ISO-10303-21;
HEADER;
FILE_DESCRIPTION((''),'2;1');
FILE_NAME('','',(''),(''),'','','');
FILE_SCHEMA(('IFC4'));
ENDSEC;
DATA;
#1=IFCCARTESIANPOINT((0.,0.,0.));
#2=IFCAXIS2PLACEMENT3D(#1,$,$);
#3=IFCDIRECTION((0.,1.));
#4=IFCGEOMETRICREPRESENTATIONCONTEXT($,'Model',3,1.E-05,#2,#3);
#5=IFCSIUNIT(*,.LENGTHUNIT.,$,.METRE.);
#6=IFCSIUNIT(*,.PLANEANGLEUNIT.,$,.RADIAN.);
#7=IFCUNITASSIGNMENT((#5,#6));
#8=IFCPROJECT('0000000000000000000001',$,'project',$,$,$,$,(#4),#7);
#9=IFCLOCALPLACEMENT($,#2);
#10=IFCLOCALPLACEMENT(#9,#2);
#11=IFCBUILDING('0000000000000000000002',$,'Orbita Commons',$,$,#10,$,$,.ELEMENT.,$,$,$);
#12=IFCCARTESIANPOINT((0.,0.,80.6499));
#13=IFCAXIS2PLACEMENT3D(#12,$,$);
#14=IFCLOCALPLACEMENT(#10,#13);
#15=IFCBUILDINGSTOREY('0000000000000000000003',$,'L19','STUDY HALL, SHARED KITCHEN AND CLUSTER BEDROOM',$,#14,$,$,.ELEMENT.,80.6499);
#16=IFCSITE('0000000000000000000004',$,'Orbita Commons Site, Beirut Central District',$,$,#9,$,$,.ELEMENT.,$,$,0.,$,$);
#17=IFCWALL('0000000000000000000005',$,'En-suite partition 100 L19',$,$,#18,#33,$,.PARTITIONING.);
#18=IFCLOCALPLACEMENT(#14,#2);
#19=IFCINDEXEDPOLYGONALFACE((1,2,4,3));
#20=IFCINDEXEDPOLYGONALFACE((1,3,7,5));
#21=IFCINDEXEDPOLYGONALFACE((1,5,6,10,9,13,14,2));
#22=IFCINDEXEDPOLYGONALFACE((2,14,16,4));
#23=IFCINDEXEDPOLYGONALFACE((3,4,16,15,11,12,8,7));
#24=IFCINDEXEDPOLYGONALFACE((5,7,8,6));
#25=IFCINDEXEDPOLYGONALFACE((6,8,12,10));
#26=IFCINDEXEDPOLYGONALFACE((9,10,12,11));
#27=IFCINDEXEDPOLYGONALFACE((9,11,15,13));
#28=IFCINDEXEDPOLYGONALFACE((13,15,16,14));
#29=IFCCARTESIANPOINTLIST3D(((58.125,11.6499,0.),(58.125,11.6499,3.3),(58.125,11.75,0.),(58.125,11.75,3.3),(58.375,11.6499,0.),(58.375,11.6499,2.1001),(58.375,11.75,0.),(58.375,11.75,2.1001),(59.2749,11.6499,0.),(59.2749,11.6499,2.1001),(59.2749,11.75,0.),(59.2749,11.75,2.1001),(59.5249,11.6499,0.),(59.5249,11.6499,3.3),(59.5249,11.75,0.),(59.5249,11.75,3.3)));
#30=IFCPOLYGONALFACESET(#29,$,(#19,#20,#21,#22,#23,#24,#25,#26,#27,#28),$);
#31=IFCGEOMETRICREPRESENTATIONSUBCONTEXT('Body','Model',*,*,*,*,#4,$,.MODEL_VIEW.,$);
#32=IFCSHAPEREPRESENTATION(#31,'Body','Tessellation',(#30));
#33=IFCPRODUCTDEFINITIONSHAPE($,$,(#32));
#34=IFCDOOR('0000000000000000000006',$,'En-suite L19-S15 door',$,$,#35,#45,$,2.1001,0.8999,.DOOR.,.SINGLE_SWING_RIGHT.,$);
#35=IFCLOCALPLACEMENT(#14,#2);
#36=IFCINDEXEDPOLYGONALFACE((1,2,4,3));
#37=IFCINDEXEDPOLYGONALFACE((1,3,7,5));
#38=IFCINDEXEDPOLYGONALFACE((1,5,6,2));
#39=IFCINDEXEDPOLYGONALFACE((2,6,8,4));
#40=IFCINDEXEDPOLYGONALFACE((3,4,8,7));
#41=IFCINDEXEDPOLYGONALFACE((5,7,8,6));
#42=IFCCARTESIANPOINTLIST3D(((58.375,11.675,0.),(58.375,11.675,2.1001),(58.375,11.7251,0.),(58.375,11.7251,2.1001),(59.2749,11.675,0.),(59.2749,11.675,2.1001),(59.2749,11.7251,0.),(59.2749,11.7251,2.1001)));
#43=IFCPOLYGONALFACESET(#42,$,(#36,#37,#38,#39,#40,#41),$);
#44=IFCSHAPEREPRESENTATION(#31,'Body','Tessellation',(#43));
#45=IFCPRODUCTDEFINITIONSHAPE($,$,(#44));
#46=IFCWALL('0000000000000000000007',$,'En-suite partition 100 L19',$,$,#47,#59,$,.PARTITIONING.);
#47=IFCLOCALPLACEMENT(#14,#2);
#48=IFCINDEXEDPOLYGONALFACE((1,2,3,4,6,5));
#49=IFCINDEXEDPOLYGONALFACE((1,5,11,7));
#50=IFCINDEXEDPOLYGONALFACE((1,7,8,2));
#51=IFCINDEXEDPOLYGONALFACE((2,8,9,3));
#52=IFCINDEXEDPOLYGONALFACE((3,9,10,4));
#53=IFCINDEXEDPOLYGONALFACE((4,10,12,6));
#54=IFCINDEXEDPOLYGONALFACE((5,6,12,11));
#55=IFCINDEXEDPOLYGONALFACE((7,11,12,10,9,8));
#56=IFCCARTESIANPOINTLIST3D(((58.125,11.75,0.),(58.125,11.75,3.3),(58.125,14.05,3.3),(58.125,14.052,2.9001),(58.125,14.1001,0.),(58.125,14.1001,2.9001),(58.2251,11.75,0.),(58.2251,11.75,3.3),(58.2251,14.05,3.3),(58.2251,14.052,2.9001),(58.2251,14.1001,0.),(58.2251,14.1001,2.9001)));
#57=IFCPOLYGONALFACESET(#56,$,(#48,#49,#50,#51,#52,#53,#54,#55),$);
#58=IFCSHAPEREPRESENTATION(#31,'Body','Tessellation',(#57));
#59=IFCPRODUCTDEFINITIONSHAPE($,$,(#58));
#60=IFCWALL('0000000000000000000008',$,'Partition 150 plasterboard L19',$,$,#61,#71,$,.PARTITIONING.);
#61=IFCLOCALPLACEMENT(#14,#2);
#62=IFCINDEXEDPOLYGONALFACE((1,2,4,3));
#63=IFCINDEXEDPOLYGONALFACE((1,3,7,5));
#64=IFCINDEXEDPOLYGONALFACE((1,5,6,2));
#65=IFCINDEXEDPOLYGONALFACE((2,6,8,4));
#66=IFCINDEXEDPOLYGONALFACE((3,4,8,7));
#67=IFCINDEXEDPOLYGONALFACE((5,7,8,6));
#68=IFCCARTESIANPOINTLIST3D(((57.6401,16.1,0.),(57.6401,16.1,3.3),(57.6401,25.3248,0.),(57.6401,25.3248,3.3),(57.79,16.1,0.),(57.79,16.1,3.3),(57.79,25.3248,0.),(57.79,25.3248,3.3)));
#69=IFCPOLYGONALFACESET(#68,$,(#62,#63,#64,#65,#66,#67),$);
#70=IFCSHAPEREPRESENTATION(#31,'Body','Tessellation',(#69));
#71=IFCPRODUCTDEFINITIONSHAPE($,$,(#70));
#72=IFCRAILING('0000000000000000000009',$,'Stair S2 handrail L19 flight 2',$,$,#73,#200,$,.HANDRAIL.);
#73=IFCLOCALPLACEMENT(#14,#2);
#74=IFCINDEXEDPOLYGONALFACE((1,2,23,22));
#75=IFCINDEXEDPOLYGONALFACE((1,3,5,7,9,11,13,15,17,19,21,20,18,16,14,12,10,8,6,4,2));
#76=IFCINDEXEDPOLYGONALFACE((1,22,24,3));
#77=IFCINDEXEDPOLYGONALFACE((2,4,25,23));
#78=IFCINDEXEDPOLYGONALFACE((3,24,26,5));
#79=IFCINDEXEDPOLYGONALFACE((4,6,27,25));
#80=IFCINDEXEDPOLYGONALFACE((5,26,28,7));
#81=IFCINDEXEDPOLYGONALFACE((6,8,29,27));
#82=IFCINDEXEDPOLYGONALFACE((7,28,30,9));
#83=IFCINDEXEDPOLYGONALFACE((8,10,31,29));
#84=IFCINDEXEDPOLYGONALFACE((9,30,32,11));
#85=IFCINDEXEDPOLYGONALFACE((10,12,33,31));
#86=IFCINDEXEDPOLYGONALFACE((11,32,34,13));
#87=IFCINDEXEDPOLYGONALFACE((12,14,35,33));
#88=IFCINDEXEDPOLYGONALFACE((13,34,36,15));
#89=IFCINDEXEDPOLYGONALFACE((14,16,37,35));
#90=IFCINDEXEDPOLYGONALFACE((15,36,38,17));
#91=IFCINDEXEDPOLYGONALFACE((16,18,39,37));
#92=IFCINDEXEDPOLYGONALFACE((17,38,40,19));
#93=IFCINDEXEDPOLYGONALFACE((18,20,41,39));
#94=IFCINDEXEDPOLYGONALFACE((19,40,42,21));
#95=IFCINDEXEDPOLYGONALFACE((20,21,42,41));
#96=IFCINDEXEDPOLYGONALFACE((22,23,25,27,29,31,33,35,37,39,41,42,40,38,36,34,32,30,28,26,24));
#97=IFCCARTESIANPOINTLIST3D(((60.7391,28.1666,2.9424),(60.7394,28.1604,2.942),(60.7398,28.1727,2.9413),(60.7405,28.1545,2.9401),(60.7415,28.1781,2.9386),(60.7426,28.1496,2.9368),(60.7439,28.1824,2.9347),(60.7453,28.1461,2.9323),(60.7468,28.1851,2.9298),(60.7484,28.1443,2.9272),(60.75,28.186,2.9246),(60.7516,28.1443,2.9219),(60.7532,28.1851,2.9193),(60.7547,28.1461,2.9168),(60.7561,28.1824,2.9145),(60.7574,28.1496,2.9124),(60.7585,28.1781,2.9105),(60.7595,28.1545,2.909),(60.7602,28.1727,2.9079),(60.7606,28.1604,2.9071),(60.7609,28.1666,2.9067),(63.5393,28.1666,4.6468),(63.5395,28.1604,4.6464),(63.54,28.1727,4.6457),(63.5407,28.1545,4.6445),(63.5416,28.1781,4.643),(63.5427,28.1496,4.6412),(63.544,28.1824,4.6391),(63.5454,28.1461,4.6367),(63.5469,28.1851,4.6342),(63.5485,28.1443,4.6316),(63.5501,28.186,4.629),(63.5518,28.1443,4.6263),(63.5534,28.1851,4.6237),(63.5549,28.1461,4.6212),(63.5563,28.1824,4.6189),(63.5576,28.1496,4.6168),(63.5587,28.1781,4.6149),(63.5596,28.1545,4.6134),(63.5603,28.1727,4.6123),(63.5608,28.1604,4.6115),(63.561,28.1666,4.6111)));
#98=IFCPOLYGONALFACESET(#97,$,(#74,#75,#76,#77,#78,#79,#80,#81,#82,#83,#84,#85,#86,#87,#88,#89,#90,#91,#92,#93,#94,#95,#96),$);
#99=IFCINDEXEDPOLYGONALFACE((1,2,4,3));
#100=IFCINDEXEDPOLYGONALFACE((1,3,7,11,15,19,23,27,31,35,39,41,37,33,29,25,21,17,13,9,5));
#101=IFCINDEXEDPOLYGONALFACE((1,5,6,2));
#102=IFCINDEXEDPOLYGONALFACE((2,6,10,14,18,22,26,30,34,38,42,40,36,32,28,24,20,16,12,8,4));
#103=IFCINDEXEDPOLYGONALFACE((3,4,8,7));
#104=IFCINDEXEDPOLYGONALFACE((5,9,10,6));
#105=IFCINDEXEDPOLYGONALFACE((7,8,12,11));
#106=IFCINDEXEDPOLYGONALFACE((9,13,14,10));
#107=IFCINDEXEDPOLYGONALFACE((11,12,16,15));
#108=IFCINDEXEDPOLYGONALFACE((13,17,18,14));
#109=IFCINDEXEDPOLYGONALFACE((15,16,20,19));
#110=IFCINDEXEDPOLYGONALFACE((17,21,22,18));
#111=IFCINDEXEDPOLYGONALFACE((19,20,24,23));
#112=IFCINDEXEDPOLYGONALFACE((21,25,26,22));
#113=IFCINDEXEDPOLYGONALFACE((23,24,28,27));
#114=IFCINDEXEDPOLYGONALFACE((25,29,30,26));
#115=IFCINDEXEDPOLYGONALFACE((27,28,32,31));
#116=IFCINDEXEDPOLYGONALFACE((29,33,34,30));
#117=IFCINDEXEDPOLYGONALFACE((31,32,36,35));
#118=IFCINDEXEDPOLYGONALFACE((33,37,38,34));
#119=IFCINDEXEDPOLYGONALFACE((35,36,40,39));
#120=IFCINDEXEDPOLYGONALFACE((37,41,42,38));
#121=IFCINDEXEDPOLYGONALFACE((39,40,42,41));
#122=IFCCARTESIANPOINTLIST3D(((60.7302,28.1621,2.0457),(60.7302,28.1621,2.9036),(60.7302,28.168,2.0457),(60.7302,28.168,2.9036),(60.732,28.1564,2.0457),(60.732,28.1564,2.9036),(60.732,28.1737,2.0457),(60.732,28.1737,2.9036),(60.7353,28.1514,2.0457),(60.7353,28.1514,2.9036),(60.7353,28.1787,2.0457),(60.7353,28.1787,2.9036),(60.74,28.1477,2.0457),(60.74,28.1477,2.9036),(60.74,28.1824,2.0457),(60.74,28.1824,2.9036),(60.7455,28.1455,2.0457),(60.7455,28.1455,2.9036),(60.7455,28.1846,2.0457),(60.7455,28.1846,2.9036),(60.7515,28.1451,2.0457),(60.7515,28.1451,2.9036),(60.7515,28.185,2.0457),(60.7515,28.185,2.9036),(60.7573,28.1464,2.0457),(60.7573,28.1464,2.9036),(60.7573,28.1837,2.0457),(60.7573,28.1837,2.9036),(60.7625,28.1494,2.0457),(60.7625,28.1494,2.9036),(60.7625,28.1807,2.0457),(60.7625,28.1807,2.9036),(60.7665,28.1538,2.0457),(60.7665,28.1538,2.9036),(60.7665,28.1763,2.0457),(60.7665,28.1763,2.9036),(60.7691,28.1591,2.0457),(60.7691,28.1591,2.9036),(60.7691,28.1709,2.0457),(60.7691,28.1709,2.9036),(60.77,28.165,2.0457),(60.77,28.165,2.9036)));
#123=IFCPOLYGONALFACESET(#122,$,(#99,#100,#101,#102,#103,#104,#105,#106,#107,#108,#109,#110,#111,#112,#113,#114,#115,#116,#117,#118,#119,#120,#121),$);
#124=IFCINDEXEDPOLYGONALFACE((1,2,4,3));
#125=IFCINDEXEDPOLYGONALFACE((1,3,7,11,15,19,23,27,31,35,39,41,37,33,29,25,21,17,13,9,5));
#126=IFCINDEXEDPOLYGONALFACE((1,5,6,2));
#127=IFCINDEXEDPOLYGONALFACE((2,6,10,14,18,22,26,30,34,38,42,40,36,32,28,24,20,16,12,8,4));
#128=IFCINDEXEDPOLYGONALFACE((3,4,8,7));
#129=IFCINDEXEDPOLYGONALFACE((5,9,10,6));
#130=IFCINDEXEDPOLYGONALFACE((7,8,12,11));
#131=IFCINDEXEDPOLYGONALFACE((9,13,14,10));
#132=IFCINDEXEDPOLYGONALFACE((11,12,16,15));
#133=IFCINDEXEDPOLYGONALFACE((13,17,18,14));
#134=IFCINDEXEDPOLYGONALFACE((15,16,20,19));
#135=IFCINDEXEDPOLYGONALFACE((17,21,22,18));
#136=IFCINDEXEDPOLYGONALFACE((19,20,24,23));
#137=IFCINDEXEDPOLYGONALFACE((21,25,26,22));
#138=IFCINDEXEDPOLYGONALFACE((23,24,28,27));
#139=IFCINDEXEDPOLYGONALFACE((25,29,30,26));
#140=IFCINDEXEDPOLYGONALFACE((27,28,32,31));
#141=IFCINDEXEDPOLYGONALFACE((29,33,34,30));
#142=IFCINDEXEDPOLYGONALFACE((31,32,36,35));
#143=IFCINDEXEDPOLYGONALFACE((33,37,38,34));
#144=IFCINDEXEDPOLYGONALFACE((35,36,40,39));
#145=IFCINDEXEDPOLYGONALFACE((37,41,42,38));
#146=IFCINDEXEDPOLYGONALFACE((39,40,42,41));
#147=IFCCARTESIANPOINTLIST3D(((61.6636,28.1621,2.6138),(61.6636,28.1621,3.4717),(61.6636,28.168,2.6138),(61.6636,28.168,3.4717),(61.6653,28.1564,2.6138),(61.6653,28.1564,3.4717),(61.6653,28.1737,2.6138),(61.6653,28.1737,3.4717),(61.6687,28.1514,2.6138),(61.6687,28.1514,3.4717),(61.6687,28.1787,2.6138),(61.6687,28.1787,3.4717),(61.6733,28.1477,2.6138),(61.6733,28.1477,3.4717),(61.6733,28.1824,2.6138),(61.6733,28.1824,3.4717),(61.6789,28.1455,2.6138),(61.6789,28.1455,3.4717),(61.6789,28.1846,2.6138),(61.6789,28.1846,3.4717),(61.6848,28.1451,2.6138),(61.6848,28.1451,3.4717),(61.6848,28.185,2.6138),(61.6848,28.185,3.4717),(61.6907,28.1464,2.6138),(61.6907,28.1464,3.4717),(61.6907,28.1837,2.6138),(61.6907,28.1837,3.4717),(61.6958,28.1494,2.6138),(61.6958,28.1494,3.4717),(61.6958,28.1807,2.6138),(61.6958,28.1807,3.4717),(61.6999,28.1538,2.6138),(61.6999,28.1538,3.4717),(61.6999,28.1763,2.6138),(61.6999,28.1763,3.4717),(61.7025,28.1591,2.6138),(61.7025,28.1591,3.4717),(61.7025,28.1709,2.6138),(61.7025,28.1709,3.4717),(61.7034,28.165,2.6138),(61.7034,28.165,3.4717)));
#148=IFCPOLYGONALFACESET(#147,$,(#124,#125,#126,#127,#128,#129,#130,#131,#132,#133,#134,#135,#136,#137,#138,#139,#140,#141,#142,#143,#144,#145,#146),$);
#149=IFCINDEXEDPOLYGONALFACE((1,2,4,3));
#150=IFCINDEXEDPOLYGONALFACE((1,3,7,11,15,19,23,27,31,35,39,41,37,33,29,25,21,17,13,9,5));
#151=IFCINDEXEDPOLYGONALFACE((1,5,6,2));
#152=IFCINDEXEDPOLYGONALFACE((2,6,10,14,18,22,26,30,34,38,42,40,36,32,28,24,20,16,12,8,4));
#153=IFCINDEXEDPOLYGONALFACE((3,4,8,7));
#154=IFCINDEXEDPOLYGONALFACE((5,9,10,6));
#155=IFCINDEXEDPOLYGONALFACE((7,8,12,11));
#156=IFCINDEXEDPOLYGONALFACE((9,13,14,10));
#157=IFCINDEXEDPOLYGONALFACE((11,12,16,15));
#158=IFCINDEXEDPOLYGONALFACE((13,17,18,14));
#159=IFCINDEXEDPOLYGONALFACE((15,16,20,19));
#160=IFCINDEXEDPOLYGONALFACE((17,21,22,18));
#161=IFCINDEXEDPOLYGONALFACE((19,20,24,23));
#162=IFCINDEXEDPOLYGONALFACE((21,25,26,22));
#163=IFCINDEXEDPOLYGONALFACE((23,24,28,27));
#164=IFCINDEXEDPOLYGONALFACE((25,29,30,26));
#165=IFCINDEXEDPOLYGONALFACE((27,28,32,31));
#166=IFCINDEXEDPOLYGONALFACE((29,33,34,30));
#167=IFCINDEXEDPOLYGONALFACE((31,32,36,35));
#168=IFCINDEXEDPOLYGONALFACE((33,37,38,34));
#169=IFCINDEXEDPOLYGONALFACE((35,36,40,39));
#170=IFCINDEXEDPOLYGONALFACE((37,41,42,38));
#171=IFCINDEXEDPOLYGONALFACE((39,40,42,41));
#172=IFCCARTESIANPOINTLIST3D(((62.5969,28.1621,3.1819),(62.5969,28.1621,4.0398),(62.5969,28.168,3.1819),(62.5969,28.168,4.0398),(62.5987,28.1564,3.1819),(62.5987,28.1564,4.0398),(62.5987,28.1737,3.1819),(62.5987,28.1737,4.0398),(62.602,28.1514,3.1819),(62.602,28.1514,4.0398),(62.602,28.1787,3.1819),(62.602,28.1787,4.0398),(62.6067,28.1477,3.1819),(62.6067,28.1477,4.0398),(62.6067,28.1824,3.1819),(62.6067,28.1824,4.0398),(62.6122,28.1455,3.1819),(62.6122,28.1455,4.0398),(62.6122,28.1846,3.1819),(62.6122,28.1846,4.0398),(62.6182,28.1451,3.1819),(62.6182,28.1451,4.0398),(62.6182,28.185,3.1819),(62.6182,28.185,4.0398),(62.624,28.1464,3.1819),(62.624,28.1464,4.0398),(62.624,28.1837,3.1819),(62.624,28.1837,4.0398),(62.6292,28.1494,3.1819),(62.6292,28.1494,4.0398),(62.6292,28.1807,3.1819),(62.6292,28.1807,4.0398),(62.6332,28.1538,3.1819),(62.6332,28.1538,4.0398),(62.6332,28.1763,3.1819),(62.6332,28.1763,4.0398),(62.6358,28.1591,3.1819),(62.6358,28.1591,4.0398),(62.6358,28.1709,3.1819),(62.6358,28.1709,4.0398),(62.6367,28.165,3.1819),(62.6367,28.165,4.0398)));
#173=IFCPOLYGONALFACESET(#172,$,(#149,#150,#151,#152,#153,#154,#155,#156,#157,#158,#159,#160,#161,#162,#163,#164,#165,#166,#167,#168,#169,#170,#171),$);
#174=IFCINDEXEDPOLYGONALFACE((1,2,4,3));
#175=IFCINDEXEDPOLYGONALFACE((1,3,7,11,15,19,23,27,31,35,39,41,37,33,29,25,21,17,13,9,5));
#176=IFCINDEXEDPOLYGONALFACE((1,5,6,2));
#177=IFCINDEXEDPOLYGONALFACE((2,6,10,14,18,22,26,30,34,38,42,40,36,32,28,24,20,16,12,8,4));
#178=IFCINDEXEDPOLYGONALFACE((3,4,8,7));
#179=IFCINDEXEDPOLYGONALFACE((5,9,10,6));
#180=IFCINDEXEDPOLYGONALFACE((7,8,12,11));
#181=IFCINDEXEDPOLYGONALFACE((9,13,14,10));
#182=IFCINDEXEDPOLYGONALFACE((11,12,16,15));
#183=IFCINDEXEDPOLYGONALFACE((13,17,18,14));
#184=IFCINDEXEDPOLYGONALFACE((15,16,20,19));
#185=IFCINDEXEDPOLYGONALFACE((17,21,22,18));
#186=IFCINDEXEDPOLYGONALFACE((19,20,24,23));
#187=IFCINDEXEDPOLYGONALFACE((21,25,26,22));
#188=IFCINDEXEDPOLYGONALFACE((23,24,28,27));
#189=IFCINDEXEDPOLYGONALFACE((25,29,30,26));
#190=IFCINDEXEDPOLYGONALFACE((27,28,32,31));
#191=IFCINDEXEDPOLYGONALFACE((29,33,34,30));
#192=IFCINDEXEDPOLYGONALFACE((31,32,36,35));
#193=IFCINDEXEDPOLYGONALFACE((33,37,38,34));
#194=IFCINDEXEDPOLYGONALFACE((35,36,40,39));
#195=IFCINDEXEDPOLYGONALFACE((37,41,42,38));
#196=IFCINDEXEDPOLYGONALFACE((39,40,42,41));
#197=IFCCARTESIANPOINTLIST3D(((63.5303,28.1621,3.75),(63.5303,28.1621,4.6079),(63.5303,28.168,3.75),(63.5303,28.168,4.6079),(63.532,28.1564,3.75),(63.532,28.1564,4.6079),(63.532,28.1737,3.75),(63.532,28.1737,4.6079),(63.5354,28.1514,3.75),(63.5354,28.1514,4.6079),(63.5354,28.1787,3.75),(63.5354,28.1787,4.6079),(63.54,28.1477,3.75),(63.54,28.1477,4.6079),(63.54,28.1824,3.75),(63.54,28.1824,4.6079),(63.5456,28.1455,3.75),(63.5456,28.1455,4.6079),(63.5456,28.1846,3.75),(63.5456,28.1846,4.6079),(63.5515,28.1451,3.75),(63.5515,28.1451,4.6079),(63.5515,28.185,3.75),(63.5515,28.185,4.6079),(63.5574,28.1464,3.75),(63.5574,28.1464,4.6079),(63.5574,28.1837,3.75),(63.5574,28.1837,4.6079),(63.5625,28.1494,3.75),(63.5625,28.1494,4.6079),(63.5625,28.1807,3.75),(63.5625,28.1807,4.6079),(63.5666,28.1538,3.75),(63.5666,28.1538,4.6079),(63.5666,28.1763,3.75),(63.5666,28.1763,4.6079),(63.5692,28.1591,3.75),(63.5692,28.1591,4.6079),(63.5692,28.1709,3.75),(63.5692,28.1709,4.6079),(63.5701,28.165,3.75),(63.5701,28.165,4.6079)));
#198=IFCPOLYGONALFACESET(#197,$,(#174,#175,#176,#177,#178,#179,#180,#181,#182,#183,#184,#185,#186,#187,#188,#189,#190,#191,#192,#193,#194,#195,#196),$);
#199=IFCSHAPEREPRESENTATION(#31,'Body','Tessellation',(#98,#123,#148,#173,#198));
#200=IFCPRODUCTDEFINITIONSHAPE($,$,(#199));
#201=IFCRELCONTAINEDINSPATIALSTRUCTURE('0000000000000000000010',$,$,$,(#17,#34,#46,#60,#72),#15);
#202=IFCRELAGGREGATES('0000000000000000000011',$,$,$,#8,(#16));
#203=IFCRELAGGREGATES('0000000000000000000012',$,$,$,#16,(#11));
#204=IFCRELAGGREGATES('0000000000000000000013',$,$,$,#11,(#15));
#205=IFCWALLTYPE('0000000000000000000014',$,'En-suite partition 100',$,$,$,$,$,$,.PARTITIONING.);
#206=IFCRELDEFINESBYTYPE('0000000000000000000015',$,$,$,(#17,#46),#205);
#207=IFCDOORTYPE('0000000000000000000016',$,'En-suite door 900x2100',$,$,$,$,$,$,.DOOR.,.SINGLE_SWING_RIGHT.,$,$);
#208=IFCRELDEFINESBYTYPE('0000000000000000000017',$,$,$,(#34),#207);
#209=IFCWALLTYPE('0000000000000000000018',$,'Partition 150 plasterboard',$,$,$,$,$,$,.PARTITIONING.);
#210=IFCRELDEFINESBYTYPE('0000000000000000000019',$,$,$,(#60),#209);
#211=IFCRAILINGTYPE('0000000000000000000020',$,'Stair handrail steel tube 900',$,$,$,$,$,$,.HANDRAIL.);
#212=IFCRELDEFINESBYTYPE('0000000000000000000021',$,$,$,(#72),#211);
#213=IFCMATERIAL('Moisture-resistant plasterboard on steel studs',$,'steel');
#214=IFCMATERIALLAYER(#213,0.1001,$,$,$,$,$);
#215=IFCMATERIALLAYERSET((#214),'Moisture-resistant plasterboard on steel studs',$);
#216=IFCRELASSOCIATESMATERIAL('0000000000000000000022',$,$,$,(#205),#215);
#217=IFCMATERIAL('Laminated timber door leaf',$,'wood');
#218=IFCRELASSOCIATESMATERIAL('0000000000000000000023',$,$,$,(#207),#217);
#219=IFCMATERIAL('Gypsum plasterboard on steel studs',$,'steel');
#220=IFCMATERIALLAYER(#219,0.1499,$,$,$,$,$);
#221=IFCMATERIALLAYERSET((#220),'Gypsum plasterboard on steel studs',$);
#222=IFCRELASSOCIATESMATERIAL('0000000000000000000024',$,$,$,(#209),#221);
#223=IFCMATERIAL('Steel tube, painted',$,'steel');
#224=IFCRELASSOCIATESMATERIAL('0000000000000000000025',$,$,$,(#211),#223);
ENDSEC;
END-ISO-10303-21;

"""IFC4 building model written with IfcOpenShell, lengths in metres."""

from ifc_helpers import new_model, si_unit, direction, frame, frame_2d, origin, origin_2d, place, context, subcontext, project, spatial, polyline, rectangle, circle, outline, extrude, material, layer, layer_set, type_object, element, fill, save


model = new_model("IFC4")

# Units and contexts
model_context = context("Model", 3, precision=1e-05, world=origin(), true_north=direction((0.0, 1.0)))
body_context = subcontext(model_context, "Body", "Model", "MODEL_VIEW")
ifc_project = project(units=[si_unit("LENGTHUNIT", "METRE"), si_unit("PLANEANGLEUNIT", "RADIAN")], contexts=[model_context])

# Site, building, storey
site_placement = place(None, origin())
site = spatial("IfcSite", under=ifc_project, at=site_placement, Name="Orbita Commons Site, Beirut Central District", CompositionType="ELEMENT", RefElevation=0.0)
building_placement = place(site_placement, origin())
building = spatial("IfcBuilding", under=site, at=building_placement, Name="Orbita Commons", CompositionType="ELEMENT")
storey_placement = place(building_placement, frame((0.0, 0.0, 80.6499)))
storey = spatial("IfcBuildingStorey", under=building, at=storey_placement, Name="L19", Description="STUDY HALL, SHARED KITCHEN AND CLUSTER BEDROOM", CompositionType="ELEMENT", Elevation=80.6499)

# Shared definitions
ifc_material_1 = material(Name="Moisture-resistant plasterboard on steel studs", Category="steel")
ifc_layer_1 = layer(ifc_material_1, 0.1001)
ifc_layer_set_1 = layer_set([ifc_layer_1], Name="Moisture-resistant plasterboard on steel studs")
wall_type_1 = type_object("IfcWallType", Name="En-suite partition 100", PredefinedType="PARTITIONING", material=ifc_layer_set_1)
ifc_material_2 = material(Name="Laminated timber door leaf", Category="wood")
door_type_1 = type_object("IfcDoorType", Name="En-suite door 900x2100", OperationType="SINGLE_SWING_RIGHT", PredefinedType="DOOR", material=ifc_material_2)

# Wall, opening, door
wall_1_placement = place(storey_placement, frame((59.5249, 11.7, 0.0), z_axis=(0.0, 0.0, 1.0), x_axis=(-1.0, 0.0, 0.0)))
wall_1 = element("IfcWall", 1, at=wall_1_placement, inside=storey, type_object=wall_type_1, Name="En-suite partition 100 L19", PredefinedType="PARTITIONING", context=body_context, shape_type="SweptSolid", body=[
    extrude(rectangle(XDim=1.3999, YDim=0.1001, at=frame_2d((0.7, 0.0))), origin(), (0.0, 0.0, 1.0), 3.3),
])
opening_1_placement = place(wall_1_placement, frame((0.25, 0.0, 0.0)))
opening_1 = element("IfcOpeningElement", 2, at=opening_1_placement, cuts=wall_1, PredefinedType="OPENING", context=body_context, shape_type="SweptSolid", body=[
    extrude(rectangle(XDim=0.8999, YDim=2.1001, at=frame_2d((0.45, 1.05))), frame((0.0, 0.0601, 0.0), z_axis=(0.0, -1.0, 0.0), x_axis=(1.0, 0.0, 0.0)), (0.0, 0.0, 1.0), 0.1201),
])
door_1_placement = place(opening_1_placement, origin())
door_1 = element("IfcDoor", 3, at=door_1_placement, inside=storey, type_object=door_type_1, Name="En-suite L19-S15 door", OperationType="SINGLE_SWING_RIGHT", OverallHeight=2.1001, OverallWidth=0.8999, PredefinedType="DOOR", context=body_context, shape_type="SweptSolid", body=[
    extrude(rectangle(XDim=0.8999, YDim=2.1001, at=frame_2d((0.45, 1.05))), frame((0.0, 0.0249, 0.0), z_axis=(0.0, -1.0, 0.0), x_axis=(1.0, 0.0, 0.0)), (0.0, 0.0, 1.0), 0.05),
])
fill(opening_1, door_1)

# Walls
wall_2_placement = place(storey_placement, frame((58.175, 11.75, 0.0), z_axis=(0.0, 0.0, 1.0), x_axis=(0.0, 1.0, 0.0)))
element("IfcWall", 4, at=wall_2_placement, inside=storey, type_object=wall_type_1, Name="En-suite partition 100 L19", PredefinedType="PARTITIONING", context=body_context, shape_type="SweptSolid", body=[
    extrude(outline(polyline([(0.0, 0.0), (2.3501, 0.0), (2.3501, 2.9001), (2.302, 2.9001), (2.3, 3.3), (0.0, 3.3), (0.0, 0.0)])), frame((0.0, 0.05, 0.0), z_axis=(0.0, -1.0, 0.0), x_axis=(1.0, 0.0, 0.0)), (0.0, 0.0, 1.0), 0.1001),
])
ifc_material_3 = material(Name="Gypsum plasterboard on steel studs", Category="steel")
ifc_layer_2 = layer(ifc_material_3, 0.1499)
ifc_layer_set_2 = layer_set([ifc_layer_2], Name="Gypsum plasterboard on steel studs")
wall_type_2 = type_object("IfcWallType", Name="Partition 150 plasterboard", PredefinedType="PARTITIONING", material=ifc_layer_set_2)
wall_3_placement = place(storey_placement, frame((57.7151, 16.1001, 0.0), z_axis=(0.0, 0.0, 1.0), x_axis=(0.0, 1.0, 0.0)))
element("IfcWall", 5, at=wall_3_placement, inside=storey, type_object=wall_type_2, Name="Partition 150 plasterboard L19", PredefinedType="PARTITIONING", context=body_context, shape_type="SweptSolid", body=[
    extrude(rectangle(XDim=9.2249, YDim=0.1499, at=frame_2d((4.6123, 0.0))), origin(), (0.0, 0.0, 1.0), 3.3),
])

# Railing
ifc_material_4 = material(Name="Steel tube, painted", Category="steel")
railing_type = type_object("IfcRailingType", Name="Stair handrail steel tube 900", PredefinedType="HANDRAIL", material=ifc_material_4)
for number, where, name in (
    (6, (60.75, 28.165, 2.0457), "Stair S2 handrail L19 flight 2"),
):
    element("IfcRailing", number, at=place(storey_placement, frame(where)), inside=storey, type_object=railing_type, Name=name, PredefinedType="HANDRAIL", context=body_context, shape_type="SweptSolid", body=[
        extrude(circle(Radius=0.021, at=origin_2d()), frame((0.0, 0.0, 0.8789), z_axis=(0.854203, 0.0, 0.51994), x_axis=(0.0, 1.0, 0.0)), (0.0, 0.0, 1.0), 3.2781),
        extrude(circle(Radius=0.02, at=origin_2d()), origin(), (0.0, 0.0, 1.0), 0.8579),
        extrude(circle(Radius=0.02, at=origin_2d()), frame((0.9333, 0.0, 0.5681)), (0.0, 0.0, 1.0), 0.8579),
        extrude(circle(Radius=0.02, at=origin_2d()), frame((1.8667, 0.0, 1.1362)), (0.0, 0.0, 1.0), 0.8579),
        extrude(circle(Radius=0.02, at=origin_2d()), frame((2.8, 0.0, 1.7043)), (0.0, 0.0, 1.0), 0.8579),
    ])

save(model, "model.ifc")
